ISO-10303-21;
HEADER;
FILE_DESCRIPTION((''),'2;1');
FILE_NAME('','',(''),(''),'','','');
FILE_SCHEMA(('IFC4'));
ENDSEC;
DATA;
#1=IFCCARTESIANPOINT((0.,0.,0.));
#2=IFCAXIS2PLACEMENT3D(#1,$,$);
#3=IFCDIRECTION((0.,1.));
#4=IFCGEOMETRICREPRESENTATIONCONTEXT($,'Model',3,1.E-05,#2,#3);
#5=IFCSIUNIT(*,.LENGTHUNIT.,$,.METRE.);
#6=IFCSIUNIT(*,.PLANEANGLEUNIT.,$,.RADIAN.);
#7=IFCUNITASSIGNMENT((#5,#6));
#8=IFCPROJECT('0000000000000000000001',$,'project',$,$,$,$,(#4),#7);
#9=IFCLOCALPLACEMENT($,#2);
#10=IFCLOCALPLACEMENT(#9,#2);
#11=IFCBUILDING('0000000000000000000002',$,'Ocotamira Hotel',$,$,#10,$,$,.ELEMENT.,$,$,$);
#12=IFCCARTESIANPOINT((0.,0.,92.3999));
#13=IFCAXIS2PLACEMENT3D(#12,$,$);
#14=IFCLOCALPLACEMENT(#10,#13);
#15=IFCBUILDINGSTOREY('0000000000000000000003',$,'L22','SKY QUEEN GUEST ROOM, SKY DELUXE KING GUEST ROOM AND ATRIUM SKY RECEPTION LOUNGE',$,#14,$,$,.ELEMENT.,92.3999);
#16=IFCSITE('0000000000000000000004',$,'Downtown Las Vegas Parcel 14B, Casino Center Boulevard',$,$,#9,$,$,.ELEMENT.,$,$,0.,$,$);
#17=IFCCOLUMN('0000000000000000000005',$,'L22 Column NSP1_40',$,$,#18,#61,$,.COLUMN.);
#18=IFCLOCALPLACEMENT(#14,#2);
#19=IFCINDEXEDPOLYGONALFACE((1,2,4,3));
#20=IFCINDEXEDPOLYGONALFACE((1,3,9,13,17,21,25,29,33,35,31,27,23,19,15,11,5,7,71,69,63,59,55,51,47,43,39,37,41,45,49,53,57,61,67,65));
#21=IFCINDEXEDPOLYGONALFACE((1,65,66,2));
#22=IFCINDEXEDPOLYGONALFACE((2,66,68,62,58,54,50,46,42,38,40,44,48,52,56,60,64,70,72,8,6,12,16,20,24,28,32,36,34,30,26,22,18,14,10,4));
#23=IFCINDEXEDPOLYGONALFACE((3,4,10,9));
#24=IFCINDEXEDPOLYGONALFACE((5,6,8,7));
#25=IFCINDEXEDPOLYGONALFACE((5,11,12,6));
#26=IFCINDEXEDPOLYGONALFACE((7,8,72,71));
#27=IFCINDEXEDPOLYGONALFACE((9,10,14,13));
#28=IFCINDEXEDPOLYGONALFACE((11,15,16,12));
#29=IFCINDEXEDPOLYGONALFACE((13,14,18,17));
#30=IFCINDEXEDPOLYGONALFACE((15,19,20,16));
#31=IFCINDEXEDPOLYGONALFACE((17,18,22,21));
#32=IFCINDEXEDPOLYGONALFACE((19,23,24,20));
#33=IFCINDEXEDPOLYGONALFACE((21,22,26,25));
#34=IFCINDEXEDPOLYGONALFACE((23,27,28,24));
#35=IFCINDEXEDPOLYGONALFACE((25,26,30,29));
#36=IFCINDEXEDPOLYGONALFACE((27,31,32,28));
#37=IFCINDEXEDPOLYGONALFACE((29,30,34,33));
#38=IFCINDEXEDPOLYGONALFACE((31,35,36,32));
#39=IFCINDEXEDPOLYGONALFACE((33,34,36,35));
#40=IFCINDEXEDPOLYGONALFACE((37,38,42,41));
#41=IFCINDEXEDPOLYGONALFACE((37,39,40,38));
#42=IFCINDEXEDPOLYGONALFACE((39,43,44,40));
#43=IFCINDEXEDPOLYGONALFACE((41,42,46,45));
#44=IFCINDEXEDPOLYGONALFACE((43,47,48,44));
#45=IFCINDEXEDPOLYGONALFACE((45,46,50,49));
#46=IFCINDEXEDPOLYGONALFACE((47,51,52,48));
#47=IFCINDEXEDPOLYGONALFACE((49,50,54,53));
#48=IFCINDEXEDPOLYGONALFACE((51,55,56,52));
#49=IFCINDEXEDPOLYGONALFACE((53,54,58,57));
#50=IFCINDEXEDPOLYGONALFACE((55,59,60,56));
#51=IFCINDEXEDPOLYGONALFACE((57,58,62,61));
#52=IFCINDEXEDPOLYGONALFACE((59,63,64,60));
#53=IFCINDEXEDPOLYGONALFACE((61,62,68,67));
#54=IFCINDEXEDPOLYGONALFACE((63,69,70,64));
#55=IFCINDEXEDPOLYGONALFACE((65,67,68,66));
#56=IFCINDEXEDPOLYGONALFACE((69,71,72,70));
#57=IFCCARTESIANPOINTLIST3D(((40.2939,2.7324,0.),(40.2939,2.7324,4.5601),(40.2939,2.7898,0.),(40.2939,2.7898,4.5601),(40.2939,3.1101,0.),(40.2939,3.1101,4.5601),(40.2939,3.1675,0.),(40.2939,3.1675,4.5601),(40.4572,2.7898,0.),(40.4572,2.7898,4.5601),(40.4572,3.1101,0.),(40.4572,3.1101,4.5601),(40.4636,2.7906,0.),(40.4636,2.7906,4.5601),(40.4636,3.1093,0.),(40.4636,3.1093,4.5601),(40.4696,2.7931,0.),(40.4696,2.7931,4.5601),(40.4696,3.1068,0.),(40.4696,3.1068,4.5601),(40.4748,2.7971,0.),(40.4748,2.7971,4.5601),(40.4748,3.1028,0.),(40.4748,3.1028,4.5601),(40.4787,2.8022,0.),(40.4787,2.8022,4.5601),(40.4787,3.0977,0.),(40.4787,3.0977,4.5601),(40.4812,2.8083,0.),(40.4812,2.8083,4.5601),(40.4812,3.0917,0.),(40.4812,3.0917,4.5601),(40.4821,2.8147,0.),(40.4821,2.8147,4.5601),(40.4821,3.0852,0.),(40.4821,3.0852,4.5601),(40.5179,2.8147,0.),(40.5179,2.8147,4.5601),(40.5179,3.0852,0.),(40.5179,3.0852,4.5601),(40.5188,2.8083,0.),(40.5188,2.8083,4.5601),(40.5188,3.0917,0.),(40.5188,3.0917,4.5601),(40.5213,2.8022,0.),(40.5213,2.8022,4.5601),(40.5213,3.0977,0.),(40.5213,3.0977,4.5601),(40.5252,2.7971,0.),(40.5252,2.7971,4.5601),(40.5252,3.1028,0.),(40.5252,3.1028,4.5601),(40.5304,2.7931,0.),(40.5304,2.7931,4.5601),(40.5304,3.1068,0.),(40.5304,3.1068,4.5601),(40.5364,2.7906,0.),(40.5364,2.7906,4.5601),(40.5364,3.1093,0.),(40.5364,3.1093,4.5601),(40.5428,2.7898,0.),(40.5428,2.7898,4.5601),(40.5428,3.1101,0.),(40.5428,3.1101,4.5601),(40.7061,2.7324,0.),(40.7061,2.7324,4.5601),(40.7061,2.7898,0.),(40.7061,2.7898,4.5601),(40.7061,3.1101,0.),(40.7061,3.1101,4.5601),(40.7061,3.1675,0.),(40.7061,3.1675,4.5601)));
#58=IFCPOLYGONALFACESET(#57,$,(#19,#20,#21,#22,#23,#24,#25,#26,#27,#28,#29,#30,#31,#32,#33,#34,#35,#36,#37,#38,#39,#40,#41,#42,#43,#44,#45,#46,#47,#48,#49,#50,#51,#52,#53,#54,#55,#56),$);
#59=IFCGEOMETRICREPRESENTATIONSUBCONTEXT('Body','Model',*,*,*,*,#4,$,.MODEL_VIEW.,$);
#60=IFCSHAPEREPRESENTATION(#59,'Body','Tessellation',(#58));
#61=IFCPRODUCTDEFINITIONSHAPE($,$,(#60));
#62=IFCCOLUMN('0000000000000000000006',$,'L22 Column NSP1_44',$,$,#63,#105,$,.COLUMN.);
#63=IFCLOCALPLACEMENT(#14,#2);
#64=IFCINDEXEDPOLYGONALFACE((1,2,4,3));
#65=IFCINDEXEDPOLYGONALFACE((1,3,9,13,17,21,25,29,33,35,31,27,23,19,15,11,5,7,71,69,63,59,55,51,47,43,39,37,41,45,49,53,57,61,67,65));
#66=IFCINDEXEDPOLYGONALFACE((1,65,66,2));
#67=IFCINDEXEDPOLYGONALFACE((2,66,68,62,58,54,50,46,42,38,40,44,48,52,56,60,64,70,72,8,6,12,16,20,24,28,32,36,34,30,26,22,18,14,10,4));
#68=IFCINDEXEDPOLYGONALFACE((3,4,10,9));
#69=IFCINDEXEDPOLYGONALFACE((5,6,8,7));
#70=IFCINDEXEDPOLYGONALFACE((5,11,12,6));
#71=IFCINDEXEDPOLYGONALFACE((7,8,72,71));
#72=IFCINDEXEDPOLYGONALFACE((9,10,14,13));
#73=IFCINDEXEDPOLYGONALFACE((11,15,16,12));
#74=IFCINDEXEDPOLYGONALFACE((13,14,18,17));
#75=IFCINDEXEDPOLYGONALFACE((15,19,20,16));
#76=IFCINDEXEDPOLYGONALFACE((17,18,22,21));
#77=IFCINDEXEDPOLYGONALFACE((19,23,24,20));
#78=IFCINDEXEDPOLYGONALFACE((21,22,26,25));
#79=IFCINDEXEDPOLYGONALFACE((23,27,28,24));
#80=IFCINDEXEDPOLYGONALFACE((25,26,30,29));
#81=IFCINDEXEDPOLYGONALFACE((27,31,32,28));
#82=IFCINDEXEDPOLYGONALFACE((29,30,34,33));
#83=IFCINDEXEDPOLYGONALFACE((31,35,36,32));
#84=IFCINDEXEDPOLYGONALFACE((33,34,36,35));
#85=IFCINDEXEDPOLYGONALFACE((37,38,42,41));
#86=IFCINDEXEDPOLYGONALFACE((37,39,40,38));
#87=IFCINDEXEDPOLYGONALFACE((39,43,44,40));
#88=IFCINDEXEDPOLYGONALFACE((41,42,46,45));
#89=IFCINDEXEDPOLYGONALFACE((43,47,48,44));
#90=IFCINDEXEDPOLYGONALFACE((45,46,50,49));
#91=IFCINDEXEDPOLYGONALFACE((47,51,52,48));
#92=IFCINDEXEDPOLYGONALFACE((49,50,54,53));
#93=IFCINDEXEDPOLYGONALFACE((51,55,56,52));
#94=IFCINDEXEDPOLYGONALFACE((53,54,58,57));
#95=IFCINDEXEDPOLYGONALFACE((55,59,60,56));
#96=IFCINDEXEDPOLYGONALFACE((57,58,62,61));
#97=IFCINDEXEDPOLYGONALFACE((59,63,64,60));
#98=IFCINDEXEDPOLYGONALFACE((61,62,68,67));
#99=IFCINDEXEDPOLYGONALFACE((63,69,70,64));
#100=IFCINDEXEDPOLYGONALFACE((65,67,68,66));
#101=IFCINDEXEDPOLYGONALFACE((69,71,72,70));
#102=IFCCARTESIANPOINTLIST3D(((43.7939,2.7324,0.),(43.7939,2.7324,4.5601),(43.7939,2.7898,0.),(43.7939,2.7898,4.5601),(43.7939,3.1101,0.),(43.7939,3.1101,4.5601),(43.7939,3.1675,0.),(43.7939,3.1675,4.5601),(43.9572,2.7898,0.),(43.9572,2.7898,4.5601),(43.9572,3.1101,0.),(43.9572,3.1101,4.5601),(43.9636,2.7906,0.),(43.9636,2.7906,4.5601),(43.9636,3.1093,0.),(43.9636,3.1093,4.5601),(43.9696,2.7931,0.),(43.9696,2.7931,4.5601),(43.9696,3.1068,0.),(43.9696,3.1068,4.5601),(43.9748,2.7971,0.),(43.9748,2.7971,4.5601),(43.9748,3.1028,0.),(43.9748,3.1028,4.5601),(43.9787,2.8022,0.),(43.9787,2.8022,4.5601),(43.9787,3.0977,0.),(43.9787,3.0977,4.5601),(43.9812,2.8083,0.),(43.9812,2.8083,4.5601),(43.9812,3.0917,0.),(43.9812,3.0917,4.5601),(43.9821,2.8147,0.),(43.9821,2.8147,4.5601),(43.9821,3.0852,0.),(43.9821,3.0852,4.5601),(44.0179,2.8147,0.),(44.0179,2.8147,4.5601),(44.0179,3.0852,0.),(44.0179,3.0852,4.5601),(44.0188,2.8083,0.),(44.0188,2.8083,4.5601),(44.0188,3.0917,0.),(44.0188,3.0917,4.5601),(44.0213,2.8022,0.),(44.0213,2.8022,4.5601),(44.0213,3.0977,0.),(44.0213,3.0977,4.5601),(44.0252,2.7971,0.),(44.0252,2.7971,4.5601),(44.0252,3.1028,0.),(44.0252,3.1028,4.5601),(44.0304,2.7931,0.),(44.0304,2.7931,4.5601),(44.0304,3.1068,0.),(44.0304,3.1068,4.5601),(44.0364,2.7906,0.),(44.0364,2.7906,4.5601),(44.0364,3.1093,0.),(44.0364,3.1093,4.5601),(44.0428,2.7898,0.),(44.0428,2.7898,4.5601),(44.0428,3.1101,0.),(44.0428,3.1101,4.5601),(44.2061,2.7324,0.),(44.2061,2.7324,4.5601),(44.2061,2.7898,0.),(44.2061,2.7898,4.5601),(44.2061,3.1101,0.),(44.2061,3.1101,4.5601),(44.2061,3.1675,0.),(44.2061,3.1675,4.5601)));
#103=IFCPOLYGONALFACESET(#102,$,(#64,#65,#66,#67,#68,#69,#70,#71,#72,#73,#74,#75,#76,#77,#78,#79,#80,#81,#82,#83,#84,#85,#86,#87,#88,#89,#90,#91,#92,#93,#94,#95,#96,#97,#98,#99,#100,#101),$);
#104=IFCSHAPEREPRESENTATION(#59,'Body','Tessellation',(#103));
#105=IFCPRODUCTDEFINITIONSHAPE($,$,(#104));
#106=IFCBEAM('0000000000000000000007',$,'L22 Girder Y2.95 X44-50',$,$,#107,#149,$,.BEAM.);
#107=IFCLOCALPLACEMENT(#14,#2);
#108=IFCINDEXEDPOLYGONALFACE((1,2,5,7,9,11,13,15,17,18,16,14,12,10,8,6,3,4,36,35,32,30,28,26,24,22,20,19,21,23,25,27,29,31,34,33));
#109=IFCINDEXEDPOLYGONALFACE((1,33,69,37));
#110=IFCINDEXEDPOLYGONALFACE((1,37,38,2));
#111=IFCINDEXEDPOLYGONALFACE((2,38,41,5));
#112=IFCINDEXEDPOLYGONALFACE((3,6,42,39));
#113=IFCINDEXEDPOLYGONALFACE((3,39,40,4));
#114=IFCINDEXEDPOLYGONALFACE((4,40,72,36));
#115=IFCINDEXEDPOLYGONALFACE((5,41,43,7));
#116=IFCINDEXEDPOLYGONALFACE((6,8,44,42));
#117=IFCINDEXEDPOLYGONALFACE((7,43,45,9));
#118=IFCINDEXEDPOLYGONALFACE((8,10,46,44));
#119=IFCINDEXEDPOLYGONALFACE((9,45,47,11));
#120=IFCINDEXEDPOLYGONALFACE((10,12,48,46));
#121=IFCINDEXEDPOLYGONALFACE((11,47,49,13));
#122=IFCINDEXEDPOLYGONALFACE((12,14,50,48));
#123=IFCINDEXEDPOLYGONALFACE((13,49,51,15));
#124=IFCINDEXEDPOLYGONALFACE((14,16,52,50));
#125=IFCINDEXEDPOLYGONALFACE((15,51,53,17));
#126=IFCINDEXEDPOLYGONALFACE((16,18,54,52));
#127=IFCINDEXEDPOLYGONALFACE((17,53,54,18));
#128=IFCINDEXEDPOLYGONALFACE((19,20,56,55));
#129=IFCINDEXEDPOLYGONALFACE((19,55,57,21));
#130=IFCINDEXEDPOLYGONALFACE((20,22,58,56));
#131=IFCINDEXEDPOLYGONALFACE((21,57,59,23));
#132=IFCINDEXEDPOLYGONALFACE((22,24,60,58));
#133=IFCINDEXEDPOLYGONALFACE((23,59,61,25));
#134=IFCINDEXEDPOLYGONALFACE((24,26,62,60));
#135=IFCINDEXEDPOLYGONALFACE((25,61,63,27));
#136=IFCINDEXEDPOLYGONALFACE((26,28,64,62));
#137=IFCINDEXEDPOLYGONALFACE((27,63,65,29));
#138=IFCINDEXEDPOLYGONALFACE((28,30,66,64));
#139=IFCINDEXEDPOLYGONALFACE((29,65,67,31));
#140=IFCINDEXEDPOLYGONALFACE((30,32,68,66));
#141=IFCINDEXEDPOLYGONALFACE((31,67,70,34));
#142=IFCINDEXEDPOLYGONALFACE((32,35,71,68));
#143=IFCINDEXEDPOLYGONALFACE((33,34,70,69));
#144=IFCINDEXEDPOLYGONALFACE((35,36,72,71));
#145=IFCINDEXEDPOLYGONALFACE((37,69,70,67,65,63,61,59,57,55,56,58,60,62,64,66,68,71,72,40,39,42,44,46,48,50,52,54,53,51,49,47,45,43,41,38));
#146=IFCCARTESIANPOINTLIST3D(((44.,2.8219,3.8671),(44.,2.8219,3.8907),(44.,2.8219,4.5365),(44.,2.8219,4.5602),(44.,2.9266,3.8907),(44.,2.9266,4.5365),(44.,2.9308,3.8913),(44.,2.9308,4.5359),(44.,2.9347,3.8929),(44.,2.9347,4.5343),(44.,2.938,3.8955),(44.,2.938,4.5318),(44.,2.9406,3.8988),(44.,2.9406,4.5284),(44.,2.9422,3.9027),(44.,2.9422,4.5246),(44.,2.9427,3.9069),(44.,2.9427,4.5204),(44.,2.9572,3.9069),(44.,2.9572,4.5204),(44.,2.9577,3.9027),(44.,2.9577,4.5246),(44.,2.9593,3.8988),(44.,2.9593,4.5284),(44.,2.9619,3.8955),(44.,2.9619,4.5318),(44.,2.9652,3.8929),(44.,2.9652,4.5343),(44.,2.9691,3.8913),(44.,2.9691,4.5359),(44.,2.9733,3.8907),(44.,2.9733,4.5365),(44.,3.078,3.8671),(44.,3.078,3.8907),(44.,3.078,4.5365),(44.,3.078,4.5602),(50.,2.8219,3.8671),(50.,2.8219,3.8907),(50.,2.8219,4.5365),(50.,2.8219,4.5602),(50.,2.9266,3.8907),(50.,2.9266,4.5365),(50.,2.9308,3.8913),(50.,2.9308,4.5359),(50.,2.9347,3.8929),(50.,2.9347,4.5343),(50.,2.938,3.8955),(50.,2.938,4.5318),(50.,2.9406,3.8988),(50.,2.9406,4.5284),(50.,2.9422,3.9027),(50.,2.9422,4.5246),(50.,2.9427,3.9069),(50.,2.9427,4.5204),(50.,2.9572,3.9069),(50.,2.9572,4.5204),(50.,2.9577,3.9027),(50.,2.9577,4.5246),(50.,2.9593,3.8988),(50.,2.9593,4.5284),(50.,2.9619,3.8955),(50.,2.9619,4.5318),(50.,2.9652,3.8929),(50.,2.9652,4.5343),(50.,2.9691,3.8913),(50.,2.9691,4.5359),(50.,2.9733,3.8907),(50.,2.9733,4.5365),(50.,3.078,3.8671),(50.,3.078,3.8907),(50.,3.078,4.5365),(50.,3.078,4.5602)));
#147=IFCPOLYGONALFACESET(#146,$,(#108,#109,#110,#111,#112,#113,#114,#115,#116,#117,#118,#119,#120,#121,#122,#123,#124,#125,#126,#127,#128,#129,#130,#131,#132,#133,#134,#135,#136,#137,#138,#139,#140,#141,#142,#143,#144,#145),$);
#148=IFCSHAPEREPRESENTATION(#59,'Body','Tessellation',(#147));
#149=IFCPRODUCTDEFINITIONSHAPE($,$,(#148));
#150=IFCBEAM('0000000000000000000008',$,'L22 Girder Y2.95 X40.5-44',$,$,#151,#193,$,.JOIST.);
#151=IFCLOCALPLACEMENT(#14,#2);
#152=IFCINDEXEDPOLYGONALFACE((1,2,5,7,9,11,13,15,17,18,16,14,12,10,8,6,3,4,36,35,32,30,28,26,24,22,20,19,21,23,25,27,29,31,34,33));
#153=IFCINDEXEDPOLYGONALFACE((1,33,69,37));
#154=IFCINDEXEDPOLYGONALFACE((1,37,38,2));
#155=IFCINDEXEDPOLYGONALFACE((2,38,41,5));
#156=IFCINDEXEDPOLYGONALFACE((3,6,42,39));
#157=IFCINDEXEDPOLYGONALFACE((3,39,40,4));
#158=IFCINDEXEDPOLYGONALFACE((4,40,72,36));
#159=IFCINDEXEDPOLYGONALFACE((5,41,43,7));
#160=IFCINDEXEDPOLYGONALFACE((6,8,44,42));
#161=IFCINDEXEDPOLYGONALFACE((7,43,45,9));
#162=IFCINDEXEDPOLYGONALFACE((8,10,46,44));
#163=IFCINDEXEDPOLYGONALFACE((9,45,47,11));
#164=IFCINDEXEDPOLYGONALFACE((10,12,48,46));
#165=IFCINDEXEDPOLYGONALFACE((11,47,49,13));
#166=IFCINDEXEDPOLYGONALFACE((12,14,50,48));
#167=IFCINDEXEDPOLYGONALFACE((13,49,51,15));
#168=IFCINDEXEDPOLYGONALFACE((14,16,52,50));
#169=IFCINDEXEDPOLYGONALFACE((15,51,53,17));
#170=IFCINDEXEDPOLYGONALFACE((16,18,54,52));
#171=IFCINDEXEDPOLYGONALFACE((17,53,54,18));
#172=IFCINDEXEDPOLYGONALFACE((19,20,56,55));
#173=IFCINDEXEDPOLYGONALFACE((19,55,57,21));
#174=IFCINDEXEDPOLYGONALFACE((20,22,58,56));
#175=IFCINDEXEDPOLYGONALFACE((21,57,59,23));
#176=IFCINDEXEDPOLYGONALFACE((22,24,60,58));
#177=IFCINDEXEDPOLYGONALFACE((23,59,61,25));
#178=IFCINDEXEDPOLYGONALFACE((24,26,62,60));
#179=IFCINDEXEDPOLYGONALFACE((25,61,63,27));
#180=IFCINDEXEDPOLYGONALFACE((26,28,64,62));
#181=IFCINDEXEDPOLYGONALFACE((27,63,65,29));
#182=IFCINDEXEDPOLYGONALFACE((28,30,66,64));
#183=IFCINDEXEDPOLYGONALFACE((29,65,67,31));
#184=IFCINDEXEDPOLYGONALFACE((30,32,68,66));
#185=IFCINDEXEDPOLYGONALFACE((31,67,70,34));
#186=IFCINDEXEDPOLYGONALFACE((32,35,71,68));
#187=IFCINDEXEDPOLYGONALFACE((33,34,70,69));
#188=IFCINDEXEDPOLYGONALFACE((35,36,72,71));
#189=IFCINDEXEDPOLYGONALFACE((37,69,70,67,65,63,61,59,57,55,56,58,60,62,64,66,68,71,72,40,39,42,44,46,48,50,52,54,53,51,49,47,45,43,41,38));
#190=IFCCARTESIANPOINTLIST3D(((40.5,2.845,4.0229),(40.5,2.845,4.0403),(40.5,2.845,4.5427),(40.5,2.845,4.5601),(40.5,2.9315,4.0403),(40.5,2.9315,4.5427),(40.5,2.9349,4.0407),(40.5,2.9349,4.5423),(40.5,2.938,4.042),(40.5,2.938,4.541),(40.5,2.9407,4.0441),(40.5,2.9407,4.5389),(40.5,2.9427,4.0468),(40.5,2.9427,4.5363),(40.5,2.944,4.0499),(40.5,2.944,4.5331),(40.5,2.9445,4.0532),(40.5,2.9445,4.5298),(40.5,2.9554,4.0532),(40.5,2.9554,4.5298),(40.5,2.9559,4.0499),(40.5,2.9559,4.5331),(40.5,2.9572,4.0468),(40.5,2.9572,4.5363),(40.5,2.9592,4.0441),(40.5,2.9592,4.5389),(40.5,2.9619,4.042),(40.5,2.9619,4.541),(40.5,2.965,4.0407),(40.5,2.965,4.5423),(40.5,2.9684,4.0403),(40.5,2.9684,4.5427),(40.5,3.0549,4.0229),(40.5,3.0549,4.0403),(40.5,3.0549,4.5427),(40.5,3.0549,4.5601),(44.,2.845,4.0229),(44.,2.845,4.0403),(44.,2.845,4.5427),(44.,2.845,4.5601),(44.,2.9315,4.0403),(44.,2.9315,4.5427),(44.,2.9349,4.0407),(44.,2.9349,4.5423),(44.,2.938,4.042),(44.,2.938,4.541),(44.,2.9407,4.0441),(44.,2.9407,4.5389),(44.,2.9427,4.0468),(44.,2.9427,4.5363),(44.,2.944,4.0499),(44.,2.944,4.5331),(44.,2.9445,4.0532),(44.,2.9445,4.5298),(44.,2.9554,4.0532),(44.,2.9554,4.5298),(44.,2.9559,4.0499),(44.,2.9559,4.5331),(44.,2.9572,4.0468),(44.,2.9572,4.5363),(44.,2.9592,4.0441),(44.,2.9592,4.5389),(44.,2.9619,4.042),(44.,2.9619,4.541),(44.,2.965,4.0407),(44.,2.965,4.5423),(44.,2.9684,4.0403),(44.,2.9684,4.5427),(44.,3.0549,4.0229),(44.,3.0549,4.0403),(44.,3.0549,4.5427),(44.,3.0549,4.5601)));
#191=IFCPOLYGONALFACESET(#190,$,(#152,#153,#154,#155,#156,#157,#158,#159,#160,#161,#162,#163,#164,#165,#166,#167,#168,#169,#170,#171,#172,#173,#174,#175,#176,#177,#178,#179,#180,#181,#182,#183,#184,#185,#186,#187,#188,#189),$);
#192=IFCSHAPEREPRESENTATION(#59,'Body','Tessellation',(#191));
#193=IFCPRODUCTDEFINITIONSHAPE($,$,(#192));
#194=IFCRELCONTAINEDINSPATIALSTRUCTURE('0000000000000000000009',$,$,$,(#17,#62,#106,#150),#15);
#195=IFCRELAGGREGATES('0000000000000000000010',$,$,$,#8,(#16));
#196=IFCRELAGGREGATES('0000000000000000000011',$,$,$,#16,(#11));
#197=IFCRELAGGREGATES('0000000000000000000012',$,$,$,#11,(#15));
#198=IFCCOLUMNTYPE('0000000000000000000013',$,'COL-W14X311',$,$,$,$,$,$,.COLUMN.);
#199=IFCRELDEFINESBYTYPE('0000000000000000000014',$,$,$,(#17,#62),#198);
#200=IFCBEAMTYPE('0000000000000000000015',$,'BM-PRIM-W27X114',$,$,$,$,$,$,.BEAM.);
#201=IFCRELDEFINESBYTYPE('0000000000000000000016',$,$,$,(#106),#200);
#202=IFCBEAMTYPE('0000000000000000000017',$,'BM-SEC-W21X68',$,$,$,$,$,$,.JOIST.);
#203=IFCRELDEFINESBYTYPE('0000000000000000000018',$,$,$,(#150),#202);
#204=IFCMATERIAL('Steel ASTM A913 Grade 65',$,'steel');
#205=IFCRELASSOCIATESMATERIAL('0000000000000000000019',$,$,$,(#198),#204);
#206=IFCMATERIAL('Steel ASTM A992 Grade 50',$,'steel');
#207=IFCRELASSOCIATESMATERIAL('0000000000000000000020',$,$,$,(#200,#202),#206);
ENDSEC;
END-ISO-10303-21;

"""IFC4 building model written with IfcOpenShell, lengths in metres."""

from ifc_helpers import new_model, si_unit, direction, frame, origin, origin_2d, place, context, subcontext, project, spatial, i_section, extrude, source, transform, mapped, material, material_profile, profile_set, type_object, element, save


model = new_model("IFC4")

# Units and contexts
model_context = context("Model", 3, precision=1e-05, world=origin(), true_north=direction((0.0, 1.0)))
body_context = subcontext(model_context, "Body", "Model", "MODEL_VIEW")
ifc_project = project(units=[si_unit("LENGTHUNIT", "METRE"), si_unit("PLANEANGLEUNIT", "RADIAN")], contexts=[model_context])

# Site, building, storey
site_placement = place(None, origin())
site = spatial("IfcSite", under=ifc_project, at=site_placement, Name="Downtown Las Vegas Parcel 14B, Casino Center Boulevard", CompositionType="ELEMENT", RefElevation=0.0)
building_placement = place(site_placement, origin())
building = spatial("IfcBuilding", under=site, at=building_placement, Name="Ocotamira Hotel", CompositionType="ELEMENT")
storey_placement = place(building_placement, frame((0.0, 0.0, 92.3999)))
storey = spatial("IfcBuildingStorey", under=building, at=storey_placement, Name="L22", Description="SKY QUEEN GUEST ROOM, SKY DELUXE KING GUEST ROOM AND ATRIUM SKY RECEPTION LOUNGE", CompositionType="ELEMENT", Elevation=92.3999)

# Columns
ifc_material_1 = material(Name="Steel ASTM A913 Grade 65", Category="steel")
ifc_material_profile_1 = material_profile(ifc_material_1, i_section(OverallWidth=0.4121, OverallDepth=0.4351, WebThickness=0.0359, FlangeThickness=0.0574, FilletRadius=0.0249, at=origin_2d()), Name="W14X311")
ifc_profile_set_1 = profile_set([ifc_material_profile_1], Name="Steel ASTM A913 Grade 65")
column_type = type_object("IfcColumnType", Name="COL-W14X311", PredefinedType="COLUMN", material=ifc_profile_set_1)
shared_shape_1 = source(origin(), body_context, "Body", "SweptSolid", [
    extrude(i_section(OverallWidth=0.4121, OverallDepth=0.4351, WebThickness=0.0359, FlangeThickness=0.0574, FilletRadius=0.0249, at=origin_2d()), origin(), (0.0, 0.0, 1.0), 4.5601),
])
for number, where, z_axis, x_axis, name in (
    (1, (40.5, 2.95, 0.0), (0.0, 0.0, 1.0), (1.0, 0.0, 0.0), "L22 Column NSP1_40"),
    (2, (44.0, 2.95, 0.0), (0.0, 0.0, 1.0), (1.0, 0.0, 0.0), "L22 Column NSP1_44"),
):
    element("IfcColumn", number, at=place(storey_placement, frame(where, z_axis=z_axis, x_axis=x_axis)), inside=storey, type_object=column_type, Name=name, PredefinedType="COLUMN", context=body_context, shape_type="MappedRepresentation", body=[
        mapped(shared_shape_1, transform((0.0, 0.0, 0.0), scale=1.0)),
    ])

# Beams
ifc_material_2 = material(Name="Steel ASTM A992 Grade 50", Category="steel")
ifc_material_profile_2 = material_profile(ifc_material_2, i_section(OverallWidth=0.2561, OverallDepth=0.6931, WebThickness=0.0144, FlangeThickness=0.0237, FilletRadius=0.0161, at=origin_2d()), Name="W27X114")
ifc_profile_set_2 = profile_set([ifc_material_profile_2], Name="Steel ASTM A992 Grade 50")
beam_type_1 = type_object("IfcBeamType", Name="BM-PRIM-W27X114", PredefinedType="BEAM", material=ifc_profile_set_2)
shared_shape_2 = source(origin(), body_context, "Body", "SweptSolid", [
    extrude(i_section(OverallWidth=0.2561, OverallDepth=0.6931, WebThickness=0.0144, FlangeThickness=0.0237, FilletRadius=0.0161, at=origin_2d()), origin(), (0.0, 0.0, 1.0), 6.0),
])
beam_1_placement = place(storey_placement, frame((44.0, 2.95, 4.2136), z_axis=(1.0, 0.0, 0.0), x_axis=(0.0, 1.0, 0.0)))
element("IfcBeam", 3, at=beam_1_placement, inside=storey, type_object=beam_type_1, Name="L22 Girder Y2.95 X44-50", PredefinedType="BEAM", context=body_context, shape_type="MappedRepresentation", body=[
    mapped(shared_shape_2, transform((0.0, 0.0, 0.0), scale=1.0)),
])
ifc_material_profile_3 = material_profile(ifc_material_2, i_section(OverallWidth=0.21, OverallDepth=0.5371, WebThickness=0.011, FlangeThickness=0.0173, FilletRadius=0.0129, at=origin_2d()), Name="W21X68")
ifc_profile_set_3 = profile_set([ifc_material_profile_3], Name="Steel ASTM A992 Grade 50")
beam_type_2 = type_object("IfcBeamType", Name="BM-SEC-W21X68", PredefinedType="JOIST", material=ifc_profile_set_3)
shared_shape_3 = source(origin(), body_context, "Body", "SweptSolid", [
    extrude(i_section(OverallWidth=0.21, OverallDepth=0.5371, WebThickness=0.011, FlangeThickness=0.0173, FilletRadius=0.0129, at=origin_2d()), origin(), (0.0, 0.0, 1.0), 3.5),
])
beam_2_placement = place(storey_placement, frame((40.5, 2.95, 4.2915), z_axis=(1.0, 0.0, 0.0), x_axis=(0.0, 1.0, 0.0)))
element("IfcBeam", 4, at=beam_2_placement, inside=storey, type_object=beam_type_2, Name="L22 Girder Y2.95 X40.5-44", PredefinedType="JOIST", context=body_context, shape_type="MappedRepresentation", body=[
    mapped(shared_shape_3, transform((0.0, 0.0, 0.0), scale=1.0)),
])

save(model, "model.ifc")
